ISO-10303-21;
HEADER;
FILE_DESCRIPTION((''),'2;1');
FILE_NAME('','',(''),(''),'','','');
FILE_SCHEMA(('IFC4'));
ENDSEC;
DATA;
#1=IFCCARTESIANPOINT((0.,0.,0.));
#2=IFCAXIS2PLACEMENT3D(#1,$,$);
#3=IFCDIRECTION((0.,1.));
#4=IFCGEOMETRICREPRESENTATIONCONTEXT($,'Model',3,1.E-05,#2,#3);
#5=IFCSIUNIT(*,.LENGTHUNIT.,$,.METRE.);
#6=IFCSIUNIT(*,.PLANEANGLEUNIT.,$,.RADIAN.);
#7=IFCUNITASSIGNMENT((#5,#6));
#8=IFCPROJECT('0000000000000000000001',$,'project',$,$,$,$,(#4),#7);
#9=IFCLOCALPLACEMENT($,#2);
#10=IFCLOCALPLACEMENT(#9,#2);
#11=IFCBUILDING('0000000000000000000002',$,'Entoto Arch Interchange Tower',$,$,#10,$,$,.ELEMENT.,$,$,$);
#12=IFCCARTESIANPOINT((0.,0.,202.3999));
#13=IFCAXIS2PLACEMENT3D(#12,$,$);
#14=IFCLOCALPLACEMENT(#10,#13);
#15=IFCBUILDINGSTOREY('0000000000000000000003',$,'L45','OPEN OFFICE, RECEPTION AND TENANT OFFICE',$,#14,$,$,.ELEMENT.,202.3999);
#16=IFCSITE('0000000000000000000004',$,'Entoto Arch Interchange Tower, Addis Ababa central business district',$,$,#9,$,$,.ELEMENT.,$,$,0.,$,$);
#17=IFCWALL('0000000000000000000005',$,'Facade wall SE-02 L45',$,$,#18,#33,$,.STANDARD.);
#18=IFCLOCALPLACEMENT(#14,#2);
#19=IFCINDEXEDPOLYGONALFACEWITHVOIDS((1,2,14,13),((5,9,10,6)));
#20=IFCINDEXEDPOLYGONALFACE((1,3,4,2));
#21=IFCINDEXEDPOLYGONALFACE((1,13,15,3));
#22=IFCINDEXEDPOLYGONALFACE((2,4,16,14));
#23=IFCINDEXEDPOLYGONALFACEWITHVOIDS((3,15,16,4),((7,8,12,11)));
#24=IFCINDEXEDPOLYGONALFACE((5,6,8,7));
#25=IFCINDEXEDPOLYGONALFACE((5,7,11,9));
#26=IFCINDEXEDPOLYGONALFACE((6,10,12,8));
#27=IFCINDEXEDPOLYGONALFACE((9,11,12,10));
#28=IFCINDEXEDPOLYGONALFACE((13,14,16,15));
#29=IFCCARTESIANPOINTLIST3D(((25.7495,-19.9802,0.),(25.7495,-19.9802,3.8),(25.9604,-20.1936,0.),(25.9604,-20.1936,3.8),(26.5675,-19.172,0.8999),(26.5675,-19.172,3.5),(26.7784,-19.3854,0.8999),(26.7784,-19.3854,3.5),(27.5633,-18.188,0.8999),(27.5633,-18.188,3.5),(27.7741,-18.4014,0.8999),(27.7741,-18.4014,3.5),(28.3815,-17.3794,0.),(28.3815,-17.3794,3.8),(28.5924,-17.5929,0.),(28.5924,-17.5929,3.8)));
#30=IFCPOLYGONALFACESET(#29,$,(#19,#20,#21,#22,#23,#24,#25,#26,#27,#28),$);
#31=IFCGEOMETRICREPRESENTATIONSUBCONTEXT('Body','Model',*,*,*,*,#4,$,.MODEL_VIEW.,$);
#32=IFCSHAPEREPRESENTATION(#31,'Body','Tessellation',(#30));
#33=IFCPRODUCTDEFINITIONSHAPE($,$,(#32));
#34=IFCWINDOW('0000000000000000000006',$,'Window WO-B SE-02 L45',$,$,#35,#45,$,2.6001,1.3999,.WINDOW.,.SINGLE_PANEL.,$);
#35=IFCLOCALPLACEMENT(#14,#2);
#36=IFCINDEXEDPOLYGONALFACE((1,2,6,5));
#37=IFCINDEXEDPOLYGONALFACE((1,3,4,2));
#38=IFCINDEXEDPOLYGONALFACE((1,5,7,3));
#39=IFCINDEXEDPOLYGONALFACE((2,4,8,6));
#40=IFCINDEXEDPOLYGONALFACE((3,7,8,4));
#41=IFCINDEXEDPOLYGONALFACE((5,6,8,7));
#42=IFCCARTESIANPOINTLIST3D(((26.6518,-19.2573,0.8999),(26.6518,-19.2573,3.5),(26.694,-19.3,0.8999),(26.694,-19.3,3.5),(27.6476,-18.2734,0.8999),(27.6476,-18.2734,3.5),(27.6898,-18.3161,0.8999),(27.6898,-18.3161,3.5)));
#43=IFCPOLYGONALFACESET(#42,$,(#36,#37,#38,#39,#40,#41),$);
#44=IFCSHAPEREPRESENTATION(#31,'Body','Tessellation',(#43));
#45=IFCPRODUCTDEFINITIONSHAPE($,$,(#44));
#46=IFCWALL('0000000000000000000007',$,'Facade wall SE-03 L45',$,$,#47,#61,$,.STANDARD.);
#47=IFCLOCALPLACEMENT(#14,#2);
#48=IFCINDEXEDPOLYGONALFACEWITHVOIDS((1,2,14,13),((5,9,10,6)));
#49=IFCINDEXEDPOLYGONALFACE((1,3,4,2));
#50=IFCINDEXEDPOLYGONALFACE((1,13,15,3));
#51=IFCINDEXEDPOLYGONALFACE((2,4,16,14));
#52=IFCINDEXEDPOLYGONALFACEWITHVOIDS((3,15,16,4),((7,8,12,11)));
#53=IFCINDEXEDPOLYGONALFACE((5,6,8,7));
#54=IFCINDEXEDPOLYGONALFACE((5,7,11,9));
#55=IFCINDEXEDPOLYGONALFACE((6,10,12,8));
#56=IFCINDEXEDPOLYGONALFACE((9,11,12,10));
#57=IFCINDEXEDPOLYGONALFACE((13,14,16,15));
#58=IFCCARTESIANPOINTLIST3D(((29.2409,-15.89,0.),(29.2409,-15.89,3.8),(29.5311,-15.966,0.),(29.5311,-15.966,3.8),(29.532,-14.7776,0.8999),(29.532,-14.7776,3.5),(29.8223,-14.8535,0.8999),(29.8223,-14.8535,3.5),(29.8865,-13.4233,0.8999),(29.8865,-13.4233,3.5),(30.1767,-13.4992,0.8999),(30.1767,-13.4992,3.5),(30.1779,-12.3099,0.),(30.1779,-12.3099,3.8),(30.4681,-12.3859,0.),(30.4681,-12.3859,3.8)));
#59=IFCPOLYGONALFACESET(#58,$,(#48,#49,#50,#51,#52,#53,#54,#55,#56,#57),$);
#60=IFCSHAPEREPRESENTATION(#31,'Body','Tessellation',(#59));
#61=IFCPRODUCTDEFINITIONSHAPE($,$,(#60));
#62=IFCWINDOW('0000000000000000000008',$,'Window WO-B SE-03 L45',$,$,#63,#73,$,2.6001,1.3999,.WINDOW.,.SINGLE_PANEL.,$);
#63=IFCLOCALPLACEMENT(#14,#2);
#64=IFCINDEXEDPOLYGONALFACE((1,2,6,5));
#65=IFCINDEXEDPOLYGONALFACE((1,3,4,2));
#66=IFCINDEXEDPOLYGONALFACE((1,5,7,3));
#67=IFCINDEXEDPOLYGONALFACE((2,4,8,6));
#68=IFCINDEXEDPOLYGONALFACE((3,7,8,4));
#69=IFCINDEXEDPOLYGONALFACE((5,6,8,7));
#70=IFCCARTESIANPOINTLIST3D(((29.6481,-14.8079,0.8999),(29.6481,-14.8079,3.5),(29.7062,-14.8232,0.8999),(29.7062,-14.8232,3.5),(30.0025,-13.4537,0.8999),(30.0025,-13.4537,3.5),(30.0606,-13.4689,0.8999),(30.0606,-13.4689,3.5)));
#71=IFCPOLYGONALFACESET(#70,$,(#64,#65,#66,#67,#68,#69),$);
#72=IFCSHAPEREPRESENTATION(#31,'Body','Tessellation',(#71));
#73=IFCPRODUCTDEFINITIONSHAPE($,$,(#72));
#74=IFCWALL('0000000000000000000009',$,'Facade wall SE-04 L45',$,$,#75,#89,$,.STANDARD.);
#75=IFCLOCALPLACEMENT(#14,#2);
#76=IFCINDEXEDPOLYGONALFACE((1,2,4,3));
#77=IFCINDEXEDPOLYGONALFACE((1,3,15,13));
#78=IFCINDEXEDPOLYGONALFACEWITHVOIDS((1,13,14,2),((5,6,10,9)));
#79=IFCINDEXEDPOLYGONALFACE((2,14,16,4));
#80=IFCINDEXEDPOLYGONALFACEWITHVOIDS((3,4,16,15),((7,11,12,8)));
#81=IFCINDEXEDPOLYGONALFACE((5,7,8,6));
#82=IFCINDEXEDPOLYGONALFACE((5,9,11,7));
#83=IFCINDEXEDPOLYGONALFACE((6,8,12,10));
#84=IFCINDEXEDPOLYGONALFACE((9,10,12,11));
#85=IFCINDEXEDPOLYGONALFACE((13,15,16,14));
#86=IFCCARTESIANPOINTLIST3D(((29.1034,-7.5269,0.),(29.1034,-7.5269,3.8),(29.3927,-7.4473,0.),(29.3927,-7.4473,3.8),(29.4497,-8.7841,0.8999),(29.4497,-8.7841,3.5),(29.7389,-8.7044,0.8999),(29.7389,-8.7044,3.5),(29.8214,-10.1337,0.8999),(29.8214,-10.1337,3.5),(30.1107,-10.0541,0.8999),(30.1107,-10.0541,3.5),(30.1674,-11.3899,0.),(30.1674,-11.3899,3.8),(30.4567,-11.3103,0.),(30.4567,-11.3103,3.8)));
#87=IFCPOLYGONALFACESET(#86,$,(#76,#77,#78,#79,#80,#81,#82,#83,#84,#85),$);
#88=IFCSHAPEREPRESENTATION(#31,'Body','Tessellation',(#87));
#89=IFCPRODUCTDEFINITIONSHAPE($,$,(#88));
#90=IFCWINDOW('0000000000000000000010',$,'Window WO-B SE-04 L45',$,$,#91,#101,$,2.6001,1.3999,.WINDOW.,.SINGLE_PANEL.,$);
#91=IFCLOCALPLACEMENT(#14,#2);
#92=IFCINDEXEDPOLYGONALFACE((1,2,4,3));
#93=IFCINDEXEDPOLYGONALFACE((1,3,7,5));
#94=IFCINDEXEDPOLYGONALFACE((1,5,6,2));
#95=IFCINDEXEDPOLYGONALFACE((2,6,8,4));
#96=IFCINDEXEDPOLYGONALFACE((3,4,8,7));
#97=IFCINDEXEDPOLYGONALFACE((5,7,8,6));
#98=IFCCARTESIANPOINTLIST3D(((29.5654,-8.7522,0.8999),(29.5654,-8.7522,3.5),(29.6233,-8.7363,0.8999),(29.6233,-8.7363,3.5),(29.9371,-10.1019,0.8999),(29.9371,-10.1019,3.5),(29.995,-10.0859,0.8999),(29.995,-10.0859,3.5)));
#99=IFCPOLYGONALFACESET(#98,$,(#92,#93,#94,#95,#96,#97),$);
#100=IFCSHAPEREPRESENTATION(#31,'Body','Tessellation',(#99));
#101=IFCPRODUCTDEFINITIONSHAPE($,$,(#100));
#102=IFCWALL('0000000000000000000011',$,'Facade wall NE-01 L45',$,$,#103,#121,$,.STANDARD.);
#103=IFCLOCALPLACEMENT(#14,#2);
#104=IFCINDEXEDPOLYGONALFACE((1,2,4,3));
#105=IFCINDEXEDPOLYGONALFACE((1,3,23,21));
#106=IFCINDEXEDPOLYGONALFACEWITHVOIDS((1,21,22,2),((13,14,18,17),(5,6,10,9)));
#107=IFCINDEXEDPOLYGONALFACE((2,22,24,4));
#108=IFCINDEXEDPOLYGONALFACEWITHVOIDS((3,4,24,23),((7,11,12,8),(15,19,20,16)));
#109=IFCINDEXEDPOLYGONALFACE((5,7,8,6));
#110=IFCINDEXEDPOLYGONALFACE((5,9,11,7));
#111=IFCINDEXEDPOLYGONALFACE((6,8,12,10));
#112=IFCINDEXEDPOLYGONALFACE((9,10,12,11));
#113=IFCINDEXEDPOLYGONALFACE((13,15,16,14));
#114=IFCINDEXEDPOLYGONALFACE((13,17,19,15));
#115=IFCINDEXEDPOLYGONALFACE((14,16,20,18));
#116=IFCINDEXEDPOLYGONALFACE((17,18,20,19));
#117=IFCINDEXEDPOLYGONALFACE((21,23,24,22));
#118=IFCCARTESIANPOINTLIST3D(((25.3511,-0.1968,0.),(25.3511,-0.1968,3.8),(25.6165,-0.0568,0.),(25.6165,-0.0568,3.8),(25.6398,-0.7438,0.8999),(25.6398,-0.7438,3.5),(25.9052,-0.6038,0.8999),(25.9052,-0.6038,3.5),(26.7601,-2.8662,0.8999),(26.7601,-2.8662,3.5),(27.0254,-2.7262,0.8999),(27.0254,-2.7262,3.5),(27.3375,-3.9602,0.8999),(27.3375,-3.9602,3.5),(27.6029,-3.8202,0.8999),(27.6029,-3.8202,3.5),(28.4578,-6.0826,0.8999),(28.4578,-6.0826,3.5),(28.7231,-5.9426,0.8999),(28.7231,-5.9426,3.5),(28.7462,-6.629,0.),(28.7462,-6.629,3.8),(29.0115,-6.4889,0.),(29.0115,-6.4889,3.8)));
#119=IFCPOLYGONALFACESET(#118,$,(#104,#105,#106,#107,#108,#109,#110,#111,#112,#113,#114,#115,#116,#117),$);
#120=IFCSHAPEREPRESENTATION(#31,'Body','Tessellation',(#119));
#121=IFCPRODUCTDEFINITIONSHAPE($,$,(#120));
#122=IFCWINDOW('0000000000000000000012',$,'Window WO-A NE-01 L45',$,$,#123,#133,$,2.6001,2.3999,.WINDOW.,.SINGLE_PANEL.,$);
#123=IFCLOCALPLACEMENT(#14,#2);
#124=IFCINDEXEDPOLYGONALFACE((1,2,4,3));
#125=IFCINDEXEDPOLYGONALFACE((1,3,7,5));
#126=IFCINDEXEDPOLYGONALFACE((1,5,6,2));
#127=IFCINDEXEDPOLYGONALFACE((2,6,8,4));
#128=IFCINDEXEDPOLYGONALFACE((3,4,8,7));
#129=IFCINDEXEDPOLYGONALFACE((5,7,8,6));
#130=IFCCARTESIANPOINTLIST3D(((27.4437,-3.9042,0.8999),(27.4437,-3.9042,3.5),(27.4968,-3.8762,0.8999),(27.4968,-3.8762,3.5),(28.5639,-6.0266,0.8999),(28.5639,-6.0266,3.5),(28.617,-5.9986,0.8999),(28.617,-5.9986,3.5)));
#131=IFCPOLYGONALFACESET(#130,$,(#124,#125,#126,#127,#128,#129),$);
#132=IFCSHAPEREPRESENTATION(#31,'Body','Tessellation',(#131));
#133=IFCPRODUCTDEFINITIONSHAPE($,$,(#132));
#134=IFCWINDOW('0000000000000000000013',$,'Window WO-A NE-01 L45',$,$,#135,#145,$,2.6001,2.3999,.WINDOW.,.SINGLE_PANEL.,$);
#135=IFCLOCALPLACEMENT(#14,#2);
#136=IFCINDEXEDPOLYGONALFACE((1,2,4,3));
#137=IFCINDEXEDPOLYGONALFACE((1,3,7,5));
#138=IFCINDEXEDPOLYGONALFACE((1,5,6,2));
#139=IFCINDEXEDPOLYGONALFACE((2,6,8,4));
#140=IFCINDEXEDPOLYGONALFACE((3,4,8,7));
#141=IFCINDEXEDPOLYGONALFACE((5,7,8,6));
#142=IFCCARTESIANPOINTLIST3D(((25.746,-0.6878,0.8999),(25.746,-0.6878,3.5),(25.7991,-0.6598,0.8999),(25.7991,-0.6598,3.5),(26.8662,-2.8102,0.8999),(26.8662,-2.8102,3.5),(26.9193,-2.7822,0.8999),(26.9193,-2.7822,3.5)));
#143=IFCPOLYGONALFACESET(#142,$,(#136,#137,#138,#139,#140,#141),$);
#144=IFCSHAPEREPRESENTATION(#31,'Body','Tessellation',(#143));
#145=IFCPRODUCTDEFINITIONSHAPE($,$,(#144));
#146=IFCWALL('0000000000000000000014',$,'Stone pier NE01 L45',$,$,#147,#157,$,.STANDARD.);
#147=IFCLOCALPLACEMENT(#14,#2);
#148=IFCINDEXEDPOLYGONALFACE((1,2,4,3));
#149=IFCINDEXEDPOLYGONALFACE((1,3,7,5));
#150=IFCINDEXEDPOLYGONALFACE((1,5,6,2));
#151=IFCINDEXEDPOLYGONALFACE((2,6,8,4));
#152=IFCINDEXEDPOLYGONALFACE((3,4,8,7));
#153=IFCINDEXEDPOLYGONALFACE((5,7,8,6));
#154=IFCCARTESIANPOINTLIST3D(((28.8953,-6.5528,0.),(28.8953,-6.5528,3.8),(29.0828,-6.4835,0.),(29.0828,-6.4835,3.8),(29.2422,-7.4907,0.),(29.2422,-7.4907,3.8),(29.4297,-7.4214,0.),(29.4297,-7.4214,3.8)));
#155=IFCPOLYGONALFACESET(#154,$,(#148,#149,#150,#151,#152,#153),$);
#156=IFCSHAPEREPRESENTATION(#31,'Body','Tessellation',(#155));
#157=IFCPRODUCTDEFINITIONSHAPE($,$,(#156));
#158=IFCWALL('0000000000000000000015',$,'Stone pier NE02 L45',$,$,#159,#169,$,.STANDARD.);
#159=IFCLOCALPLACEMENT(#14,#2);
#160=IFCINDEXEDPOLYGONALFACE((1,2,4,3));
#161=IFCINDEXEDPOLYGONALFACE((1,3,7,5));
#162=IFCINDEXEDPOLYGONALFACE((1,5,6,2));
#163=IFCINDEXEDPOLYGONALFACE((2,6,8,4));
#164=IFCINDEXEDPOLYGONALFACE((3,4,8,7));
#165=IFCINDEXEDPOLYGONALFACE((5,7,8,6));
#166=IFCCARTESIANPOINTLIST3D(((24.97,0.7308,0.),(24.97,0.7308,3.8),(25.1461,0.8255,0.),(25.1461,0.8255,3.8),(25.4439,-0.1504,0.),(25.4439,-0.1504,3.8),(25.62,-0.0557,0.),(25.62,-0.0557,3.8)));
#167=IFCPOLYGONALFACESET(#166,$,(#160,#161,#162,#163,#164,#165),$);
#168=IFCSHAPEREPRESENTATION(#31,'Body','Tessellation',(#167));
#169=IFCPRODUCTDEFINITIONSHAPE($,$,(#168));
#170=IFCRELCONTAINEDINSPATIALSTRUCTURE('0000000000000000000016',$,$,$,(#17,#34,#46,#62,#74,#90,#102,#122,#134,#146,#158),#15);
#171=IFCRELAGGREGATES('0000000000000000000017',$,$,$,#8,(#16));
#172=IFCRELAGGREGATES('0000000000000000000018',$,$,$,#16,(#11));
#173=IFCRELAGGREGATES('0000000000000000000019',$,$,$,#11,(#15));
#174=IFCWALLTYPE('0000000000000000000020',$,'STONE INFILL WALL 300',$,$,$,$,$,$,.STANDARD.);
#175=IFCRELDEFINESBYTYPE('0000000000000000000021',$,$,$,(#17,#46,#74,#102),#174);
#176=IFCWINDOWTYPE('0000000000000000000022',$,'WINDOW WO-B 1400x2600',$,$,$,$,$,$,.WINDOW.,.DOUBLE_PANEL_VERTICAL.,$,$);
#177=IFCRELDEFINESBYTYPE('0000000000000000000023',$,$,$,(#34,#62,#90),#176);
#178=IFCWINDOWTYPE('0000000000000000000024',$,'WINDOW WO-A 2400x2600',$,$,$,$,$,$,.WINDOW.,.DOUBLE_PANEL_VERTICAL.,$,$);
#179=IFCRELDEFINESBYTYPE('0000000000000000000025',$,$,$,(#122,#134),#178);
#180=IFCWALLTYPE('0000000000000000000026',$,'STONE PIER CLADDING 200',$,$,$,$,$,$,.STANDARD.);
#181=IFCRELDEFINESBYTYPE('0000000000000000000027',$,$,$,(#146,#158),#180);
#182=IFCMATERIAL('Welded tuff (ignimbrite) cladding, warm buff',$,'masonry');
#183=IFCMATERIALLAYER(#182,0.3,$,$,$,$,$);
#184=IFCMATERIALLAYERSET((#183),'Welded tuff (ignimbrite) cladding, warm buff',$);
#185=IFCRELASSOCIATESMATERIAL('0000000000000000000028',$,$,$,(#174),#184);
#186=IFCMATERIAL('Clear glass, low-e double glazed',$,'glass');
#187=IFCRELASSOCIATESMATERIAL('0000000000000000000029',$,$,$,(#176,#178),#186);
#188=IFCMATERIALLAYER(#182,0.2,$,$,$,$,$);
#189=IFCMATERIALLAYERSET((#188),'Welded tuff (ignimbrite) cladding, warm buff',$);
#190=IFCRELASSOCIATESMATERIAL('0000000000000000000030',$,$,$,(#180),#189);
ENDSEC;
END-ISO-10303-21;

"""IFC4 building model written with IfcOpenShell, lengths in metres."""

from ifc_helpers import new_model, si_unit, direction, frame, frame_2d, origin, place, context, subcontext, project, spatial, rectangle, extrude, material, layer, layer_set, type_object, element, fill, save


model = new_model("IFC4")

# Units and contexts
model_context = context("Model", 3, precision=1e-05, world=origin(), true_north=direction((0.0, 1.0)))
body_context = subcontext(model_context, "Body", "Model", "MODEL_VIEW")
ifc_project = project(units=[si_unit("LENGTHUNIT", "METRE"), si_unit("PLANEANGLEUNIT", "RADIAN")], contexts=[model_context])

# Site, building, storey
site_placement = place(None, origin())
site = spatial("IfcSite", under=ifc_project, at=site_placement, Name="Entoto Arch Interchange Tower, Addis Ababa central business district", CompositionType="ELEMENT", RefElevation=0.0)
building_placement = place(site_placement, origin())
building = spatial("IfcBuilding", under=site, at=building_placement, Name="Entoto Arch Interchange Tower", CompositionType="ELEMENT")
storey_placement = place(building_placement, frame((0.0, 0.0, 202.3999)))
storey = spatial("IfcBuildingStorey", under=building, at=storey_placement, Name="L45", Description="OPEN OFFICE, RECEPTION AND TENANT OFFICE", CompositionType="ELEMENT", Elevation=202.3999)

# Walls, openings, windows
ifc_material_1 = material(Name="Welded tuff (ignimbrite) cladding, warm buff", Category="masonry")
ifc_layer_1 = layer(ifc_material_1, 0.3)
ifc_layer_set_1 = layer_set([ifc_layer_1], Name="Welded tuff (ignimbrite) cladding, warm buff")
wall_type_1 = type_object("IfcWallType", Name="STONE INFILL WALL 300", PredefinedType="STANDARD", material=ifc_layer_set_1)
wall_1_placement = place(storey_placement, frame((25.855, -20.0869, 0.0), z_axis=(0.0, 0.0, 1.0), x_axis=(0.711317, 0.702872, 0.0)))
wall_1 = element("IfcWall", 1, at=wall_1_placement, inside=storey, type_object=wall_type_1, Name="Facade wall SE-02 L45", PredefinedType="STANDARD", context=body_context, shape_type="SweptSolid", body=[
    extrude(rectangle(XDim=3.7002, YDim=0.3, at=frame_2d((1.8501, 0.0))), origin(), (0.0, 0.0, 1.0), 3.8),
])
opening_1_placement = place(wall_1_placement, frame((1.1499, 0.0, 0.8999)))
opening_1 = element("IfcOpeningElement", 2, at=opening_1_placement, cuts=wall_1, PredefinedType="OPENING", context=body_context, shape_type="SweptSolid", body=[
    extrude(rectangle(XDim=1.3999, YDim=2.6001, at=frame_2d((0.7, 1.3))), frame((0.0, 0.1602, 0.0), z_axis=(0.0, -1.0, 0.0), x_axis=(1.0, 0.0, 0.0)), (0.0, 0.0, 1.0), 0.3201),
])
ifc_material_2 = material(Name="Clear glass, low-e double glazed", Category="glass")
window_type_1 = type_object("IfcWindowType", Name="WINDOW WO-B 1400x2600", PartitioningType="DOUBLE_PANEL_VERTICAL", PredefinedType="WINDOW", material=ifc_material_2)
window_1_placement = place(opening_1_placement, origin())
window_1 = element("IfcWindow", 3, at=window_1_placement, inside=storey, type_object=window_type_1, Name="Window WO-B SE-02 L45", OverallHeight=2.6001, OverallWidth=1.3999, PartitioningType="SINGLE_PANEL", PredefinedType="WINDOW", context=body_context, shape_type="SweptSolid", body=[
    extrude(rectangle(XDim=1.3999, YDim=2.6001, at=frame_2d((0.7, 1.3))), frame((0.0, 0.03, 0.0), z_axis=(0.0, -1.0, 0.0), x_axis=(1.0, 0.0, 0.0)), (0.0, 0.0, 1.0), 0.0601),
])
fill(opening_1, window_1)
wall_2_placement = place(storey_placement, frame((29.386, -15.928, 0.0), z_axis=(0.0, 0.0, 1.0), x_axis=(0.253201, 0.967414, 0.0)))
wall_2 = element("IfcWall", 4, at=wall_2_placement, inside=storey, type_object=wall_type_1, Name="Facade wall SE-03 L45", PredefinedType="STANDARD", context=body_context, shape_type="SweptSolid", body=[
    extrude(rectangle(XDim=3.7007, YDim=0.3, at=frame_2d((1.8503, 0.0))), origin(), (0.0, 0.0, 1.0), 3.8),
])
opening_2_placement = place(wall_2_placement, frame((1.1499, 0.0, 0.8999)))
opening_2 = element("IfcOpeningElement", 5, at=opening_2_placement, cuts=wall_2, PredefinedType="OPENING", context=body_context, shape_type="SweptSolid", body=[
    extrude(rectangle(XDim=1.3999, YDim=2.6001, at=frame_2d((0.7, 1.3))), frame((0.0, 0.1602, 0.0), z_axis=(0.0, -1.0, 0.0), x_axis=(1.0, 0.0, 0.0)), (0.0, 0.0, 1.0), 0.3201),
])
window_2_placement = place(opening_2_placement, origin())
window_2 = element("IfcWindow", 6, at=window_2_placement, inside=storey, type_object=window_type_1, Name="Window WO-B SE-03 L45", OverallHeight=2.6001, OverallWidth=1.3999, PartitioningType="SINGLE_PANEL", PredefinedType="WINDOW", context=body_context, shape_type="SweptSolid", body=[
    extrude(rectangle(XDim=1.3999, YDim=2.6001, at=frame_2d((0.7, 1.3))), frame((0.0, 0.03, 0.0), z_axis=(0.0, -1.0, 0.0), x_axis=(1.0, 0.0, 0.0)), (0.0, 0.0, 1.0), 0.0601),
])
fill(opening_2, window_2)
wall_3_placement = place(storey_placement, frame((30.312, -11.3501, 0.0), z_axis=(0.0, 0.0, 1.0), x_axis=(-0.265535, 0.964101, 0.0)))
wall_3 = element("IfcWall", 7, at=wall_3_placement, inside=storey, type_object=wall_type_1, Name="Facade wall SE-04 L45", PredefinedType="STANDARD", context=body_context, shape_type="SweptSolid", body=[
    extrude(rectangle(XDim=4.0068, YDim=0.3, at=frame_2d((2.0034, 0.0))), origin(), (0.0, 0.0, 1.0), 3.8),
])
opening_3_placement = place(wall_3_placement, frame((1.303, 0.0, 0.8999)))
opening_3 = element("IfcOpeningElement", 8, at=opening_3_placement, cuts=wall_3, PredefinedType="OPENING", context=body_context, shape_type="SweptSolid", body=[
    extrude(rectangle(XDim=1.3999, YDim=2.6001, at=frame_2d((0.7, 1.3))), frame((0.0, 0.1602, 0.0), z_axis=(0.0, -1.0, 0.0), x_axis=(1.0, 0.0, 0.0)), (0.0, 0.0, 1.0), 0.3201),
])
window_3_placement = place(opening_3_placement, origin())
window_3 = element("IfcWindow", 9, at=window_3_placement, inside=storey, type_object=window_type_1, Name="Window WO-B SE-04 L45", OverallHeight=2.6001, OverallWidth=1.3999, PartitioningType="SINGLE_PANEL", PredefinedType="WINDOW", context=body_context, shape_type="SweptSolid", body=[
    extrude(rectangle(XDim=1.3999, YDim=2.6001, at=frame_2d((0.7, 1.3))), frame((0.0, 0.03, 0.0), z_axis=(0.0, -1.0, 0.0), x_axis=(1.0, 0.0, 0.0)), (0.0, 0.0, 1.0), 0.0601),
])
fill(opening_3, window_3)

# Wall, openings, windows
wall_4_placement = place(storey_placement, frame((28.8789, -6.5591, 0.0), z_axis=(0.0, 0.0, 1.0), x_axis=(-0.466789, 0.884369, 0.0)))
wall_4 = element("IfcWall", 10, at=wall_4_placement, inside=storey, type_object=wall_type_1, Name="Facade wall NE-01 L45", PredefinedType="STANDARD", context=body_context, shape_type="SweptSolid", body=[
    extrude(rectangle(XDim=7.2732, YDim=0.3, at=frame_2d((3.6367, 0.0))), origin(), (0.0, 0.0, 1.0), 3.8),
])
opening_4_placement = place(wall_4_placement, frame((0.6179, 0.0, 0.8999)))
opening_4 = element("IfcOpeningElement", 11, at=opening_4_placement, cuts=wall_4, PredefinedType="OPENING", context=body_context, shape_type="SweptSolid", body=[
    extrude(rectangle(XDim=2.3999, YDim=2.6001, at=frame_2d((1.2, 1.3))), frame((0.0, 0.1602, 0.0), z_axis=(0.0, -1.0, 0.0), x_axis=(1.0, 0.0, 0.0)), (0.0, 0.0, 1.0), 0.3201),
])
opening_5_placement = place(wall_4_placement, frame((4.2549, 0.0, 0.8999)))
opening_5 = element("IfcOpeningElement", 12, at=opening_5_placement, cuts=wall_4, PredefinedType="OPENING", context=body_context, shape_type="SweptSolid", body=[
    extrude(rectangle(XDim=2.3999, YDim=2.6001, at=frame_2d((1.2, 1.3))), frame((0.0, 0.1602, 0.0), z_axis=(0.0, -1.0, 0.0), x_axis=(1.0, 0.0, 0.0)), (0.0, 0.0, 1.0), 0.3201),
])
window_type_2 = type_object("IfcWindowType", Name="WINDOW WO-A 2400x2600", PartitioningType="DOUBLE_PANEL_VERTICAL", PredefinedType="WINDOW", material=ifc_material_2)
window_4_placement = place(opening_4_placement, origin())
window_4 = element("IfcWindow", 13, at=window_4_placement, inside=storey, type_object=window_type_2, Name="Window WO-A NE-01 L45", OverallHeight=2.6001, OverallWidth=2.3999, PartitioningType="SINGLE_PANEL", PredefinedType="WINDOW", context=body_context, shape_type="SweptSolid", body=[
    extrude(rectangle(XDim=2.3999, YDim=2.6001, at=frame_2d((1.2, 1.3))), frame((0.0, 0.03, 0.0), z_axis=(0.0, -1.0, 0.0), x_axis=(1.0, 0.0, 0.0)), (0.0, 0.0, 1.0), 0.0601),
])
fill(opening_4, window_4)
window_5_placement = place(opening_5_placement, origin())
window_5 = element("IfcWindow", 14, at=window_5_placement, inside=storey, type_object=window_type_2, Name="Window WO-A NE-01 L45", OverallHeight=2.6001, OverallWidth=2.3999, PartitioningType="SINGLE_PANEL", PredefinedType="WINDOW", context=body_context, shape_type="SweptSolid", body=[
    extrude(rectangle(XDim=2.3999, YDim=2.6001, at=frame_2d((1.2, 1.3))), frame((0.0, 0.03, 0.0), z_axis=(0.0, -1.0, 0.0), x_axis=(1.0, 0.0, 0.0)), (0.0, 0.0, 1.0), 0.0601),
])
fill(opening_5, window_5)

# Walls
ifc_layer_2 = layer(ifc_material_1, 0.2)
ifc_layer_set_2 = layer_set([ifc_layer_2], Name="Welded tuff (ignimbrite) cladding, warm buff")
wall_type_2 = type_object("IfcWallType", Name="STONE PIER CLADDING 200", PredefinedType="STANDARD", material=ifc_layer_set_2)
wall_5_placement = place(storey_placement, frame((29.3359, -7.4561, 0.0), z_axis=(0.0, 0.0, 1.0), x_axis=(-0.346893, 0.937905, 0.0)))
element("IfcWall", 15, at=wall_5_placement, inside=storey, type_object=wall_type_2, Name="Stone pier NE01 L45", PredefinedType="STANDARD", context=body_context, shape_type="SweptSolid", body=[
    extrude(rectangle(XDim=1.0, YDim=0.2, at=frame_2d((0.5, 0.0))), origin(), (0.0, 0.0, 1.0), 3.8),
])
for number, where, z_axis, x_axis, name in (
    (16, (25.532, -0.103, 0.0), (0.0, 0.0, 1.0), (-0.473663, 0.880706, 0.0), "Stone pier NE02 L45"),
):
    element("IfcWall", number, at=place(storey_placement, frame(where, z_axis=z_axis, x_axis=x_axis)), inside=storey, type_object=wall_type_2, Name=name, PredefinedType="STANDARD", context=body_context, shape_type="SweptSolid", body=[
        extrude(rectangle(XDim=1.0005, YDim=0.2, at=frame_2d((0.5002, 0.0))), origin(), (0.0, 0.0, 1.0), 3.8),
    ])

save(model, "model.ifc")
